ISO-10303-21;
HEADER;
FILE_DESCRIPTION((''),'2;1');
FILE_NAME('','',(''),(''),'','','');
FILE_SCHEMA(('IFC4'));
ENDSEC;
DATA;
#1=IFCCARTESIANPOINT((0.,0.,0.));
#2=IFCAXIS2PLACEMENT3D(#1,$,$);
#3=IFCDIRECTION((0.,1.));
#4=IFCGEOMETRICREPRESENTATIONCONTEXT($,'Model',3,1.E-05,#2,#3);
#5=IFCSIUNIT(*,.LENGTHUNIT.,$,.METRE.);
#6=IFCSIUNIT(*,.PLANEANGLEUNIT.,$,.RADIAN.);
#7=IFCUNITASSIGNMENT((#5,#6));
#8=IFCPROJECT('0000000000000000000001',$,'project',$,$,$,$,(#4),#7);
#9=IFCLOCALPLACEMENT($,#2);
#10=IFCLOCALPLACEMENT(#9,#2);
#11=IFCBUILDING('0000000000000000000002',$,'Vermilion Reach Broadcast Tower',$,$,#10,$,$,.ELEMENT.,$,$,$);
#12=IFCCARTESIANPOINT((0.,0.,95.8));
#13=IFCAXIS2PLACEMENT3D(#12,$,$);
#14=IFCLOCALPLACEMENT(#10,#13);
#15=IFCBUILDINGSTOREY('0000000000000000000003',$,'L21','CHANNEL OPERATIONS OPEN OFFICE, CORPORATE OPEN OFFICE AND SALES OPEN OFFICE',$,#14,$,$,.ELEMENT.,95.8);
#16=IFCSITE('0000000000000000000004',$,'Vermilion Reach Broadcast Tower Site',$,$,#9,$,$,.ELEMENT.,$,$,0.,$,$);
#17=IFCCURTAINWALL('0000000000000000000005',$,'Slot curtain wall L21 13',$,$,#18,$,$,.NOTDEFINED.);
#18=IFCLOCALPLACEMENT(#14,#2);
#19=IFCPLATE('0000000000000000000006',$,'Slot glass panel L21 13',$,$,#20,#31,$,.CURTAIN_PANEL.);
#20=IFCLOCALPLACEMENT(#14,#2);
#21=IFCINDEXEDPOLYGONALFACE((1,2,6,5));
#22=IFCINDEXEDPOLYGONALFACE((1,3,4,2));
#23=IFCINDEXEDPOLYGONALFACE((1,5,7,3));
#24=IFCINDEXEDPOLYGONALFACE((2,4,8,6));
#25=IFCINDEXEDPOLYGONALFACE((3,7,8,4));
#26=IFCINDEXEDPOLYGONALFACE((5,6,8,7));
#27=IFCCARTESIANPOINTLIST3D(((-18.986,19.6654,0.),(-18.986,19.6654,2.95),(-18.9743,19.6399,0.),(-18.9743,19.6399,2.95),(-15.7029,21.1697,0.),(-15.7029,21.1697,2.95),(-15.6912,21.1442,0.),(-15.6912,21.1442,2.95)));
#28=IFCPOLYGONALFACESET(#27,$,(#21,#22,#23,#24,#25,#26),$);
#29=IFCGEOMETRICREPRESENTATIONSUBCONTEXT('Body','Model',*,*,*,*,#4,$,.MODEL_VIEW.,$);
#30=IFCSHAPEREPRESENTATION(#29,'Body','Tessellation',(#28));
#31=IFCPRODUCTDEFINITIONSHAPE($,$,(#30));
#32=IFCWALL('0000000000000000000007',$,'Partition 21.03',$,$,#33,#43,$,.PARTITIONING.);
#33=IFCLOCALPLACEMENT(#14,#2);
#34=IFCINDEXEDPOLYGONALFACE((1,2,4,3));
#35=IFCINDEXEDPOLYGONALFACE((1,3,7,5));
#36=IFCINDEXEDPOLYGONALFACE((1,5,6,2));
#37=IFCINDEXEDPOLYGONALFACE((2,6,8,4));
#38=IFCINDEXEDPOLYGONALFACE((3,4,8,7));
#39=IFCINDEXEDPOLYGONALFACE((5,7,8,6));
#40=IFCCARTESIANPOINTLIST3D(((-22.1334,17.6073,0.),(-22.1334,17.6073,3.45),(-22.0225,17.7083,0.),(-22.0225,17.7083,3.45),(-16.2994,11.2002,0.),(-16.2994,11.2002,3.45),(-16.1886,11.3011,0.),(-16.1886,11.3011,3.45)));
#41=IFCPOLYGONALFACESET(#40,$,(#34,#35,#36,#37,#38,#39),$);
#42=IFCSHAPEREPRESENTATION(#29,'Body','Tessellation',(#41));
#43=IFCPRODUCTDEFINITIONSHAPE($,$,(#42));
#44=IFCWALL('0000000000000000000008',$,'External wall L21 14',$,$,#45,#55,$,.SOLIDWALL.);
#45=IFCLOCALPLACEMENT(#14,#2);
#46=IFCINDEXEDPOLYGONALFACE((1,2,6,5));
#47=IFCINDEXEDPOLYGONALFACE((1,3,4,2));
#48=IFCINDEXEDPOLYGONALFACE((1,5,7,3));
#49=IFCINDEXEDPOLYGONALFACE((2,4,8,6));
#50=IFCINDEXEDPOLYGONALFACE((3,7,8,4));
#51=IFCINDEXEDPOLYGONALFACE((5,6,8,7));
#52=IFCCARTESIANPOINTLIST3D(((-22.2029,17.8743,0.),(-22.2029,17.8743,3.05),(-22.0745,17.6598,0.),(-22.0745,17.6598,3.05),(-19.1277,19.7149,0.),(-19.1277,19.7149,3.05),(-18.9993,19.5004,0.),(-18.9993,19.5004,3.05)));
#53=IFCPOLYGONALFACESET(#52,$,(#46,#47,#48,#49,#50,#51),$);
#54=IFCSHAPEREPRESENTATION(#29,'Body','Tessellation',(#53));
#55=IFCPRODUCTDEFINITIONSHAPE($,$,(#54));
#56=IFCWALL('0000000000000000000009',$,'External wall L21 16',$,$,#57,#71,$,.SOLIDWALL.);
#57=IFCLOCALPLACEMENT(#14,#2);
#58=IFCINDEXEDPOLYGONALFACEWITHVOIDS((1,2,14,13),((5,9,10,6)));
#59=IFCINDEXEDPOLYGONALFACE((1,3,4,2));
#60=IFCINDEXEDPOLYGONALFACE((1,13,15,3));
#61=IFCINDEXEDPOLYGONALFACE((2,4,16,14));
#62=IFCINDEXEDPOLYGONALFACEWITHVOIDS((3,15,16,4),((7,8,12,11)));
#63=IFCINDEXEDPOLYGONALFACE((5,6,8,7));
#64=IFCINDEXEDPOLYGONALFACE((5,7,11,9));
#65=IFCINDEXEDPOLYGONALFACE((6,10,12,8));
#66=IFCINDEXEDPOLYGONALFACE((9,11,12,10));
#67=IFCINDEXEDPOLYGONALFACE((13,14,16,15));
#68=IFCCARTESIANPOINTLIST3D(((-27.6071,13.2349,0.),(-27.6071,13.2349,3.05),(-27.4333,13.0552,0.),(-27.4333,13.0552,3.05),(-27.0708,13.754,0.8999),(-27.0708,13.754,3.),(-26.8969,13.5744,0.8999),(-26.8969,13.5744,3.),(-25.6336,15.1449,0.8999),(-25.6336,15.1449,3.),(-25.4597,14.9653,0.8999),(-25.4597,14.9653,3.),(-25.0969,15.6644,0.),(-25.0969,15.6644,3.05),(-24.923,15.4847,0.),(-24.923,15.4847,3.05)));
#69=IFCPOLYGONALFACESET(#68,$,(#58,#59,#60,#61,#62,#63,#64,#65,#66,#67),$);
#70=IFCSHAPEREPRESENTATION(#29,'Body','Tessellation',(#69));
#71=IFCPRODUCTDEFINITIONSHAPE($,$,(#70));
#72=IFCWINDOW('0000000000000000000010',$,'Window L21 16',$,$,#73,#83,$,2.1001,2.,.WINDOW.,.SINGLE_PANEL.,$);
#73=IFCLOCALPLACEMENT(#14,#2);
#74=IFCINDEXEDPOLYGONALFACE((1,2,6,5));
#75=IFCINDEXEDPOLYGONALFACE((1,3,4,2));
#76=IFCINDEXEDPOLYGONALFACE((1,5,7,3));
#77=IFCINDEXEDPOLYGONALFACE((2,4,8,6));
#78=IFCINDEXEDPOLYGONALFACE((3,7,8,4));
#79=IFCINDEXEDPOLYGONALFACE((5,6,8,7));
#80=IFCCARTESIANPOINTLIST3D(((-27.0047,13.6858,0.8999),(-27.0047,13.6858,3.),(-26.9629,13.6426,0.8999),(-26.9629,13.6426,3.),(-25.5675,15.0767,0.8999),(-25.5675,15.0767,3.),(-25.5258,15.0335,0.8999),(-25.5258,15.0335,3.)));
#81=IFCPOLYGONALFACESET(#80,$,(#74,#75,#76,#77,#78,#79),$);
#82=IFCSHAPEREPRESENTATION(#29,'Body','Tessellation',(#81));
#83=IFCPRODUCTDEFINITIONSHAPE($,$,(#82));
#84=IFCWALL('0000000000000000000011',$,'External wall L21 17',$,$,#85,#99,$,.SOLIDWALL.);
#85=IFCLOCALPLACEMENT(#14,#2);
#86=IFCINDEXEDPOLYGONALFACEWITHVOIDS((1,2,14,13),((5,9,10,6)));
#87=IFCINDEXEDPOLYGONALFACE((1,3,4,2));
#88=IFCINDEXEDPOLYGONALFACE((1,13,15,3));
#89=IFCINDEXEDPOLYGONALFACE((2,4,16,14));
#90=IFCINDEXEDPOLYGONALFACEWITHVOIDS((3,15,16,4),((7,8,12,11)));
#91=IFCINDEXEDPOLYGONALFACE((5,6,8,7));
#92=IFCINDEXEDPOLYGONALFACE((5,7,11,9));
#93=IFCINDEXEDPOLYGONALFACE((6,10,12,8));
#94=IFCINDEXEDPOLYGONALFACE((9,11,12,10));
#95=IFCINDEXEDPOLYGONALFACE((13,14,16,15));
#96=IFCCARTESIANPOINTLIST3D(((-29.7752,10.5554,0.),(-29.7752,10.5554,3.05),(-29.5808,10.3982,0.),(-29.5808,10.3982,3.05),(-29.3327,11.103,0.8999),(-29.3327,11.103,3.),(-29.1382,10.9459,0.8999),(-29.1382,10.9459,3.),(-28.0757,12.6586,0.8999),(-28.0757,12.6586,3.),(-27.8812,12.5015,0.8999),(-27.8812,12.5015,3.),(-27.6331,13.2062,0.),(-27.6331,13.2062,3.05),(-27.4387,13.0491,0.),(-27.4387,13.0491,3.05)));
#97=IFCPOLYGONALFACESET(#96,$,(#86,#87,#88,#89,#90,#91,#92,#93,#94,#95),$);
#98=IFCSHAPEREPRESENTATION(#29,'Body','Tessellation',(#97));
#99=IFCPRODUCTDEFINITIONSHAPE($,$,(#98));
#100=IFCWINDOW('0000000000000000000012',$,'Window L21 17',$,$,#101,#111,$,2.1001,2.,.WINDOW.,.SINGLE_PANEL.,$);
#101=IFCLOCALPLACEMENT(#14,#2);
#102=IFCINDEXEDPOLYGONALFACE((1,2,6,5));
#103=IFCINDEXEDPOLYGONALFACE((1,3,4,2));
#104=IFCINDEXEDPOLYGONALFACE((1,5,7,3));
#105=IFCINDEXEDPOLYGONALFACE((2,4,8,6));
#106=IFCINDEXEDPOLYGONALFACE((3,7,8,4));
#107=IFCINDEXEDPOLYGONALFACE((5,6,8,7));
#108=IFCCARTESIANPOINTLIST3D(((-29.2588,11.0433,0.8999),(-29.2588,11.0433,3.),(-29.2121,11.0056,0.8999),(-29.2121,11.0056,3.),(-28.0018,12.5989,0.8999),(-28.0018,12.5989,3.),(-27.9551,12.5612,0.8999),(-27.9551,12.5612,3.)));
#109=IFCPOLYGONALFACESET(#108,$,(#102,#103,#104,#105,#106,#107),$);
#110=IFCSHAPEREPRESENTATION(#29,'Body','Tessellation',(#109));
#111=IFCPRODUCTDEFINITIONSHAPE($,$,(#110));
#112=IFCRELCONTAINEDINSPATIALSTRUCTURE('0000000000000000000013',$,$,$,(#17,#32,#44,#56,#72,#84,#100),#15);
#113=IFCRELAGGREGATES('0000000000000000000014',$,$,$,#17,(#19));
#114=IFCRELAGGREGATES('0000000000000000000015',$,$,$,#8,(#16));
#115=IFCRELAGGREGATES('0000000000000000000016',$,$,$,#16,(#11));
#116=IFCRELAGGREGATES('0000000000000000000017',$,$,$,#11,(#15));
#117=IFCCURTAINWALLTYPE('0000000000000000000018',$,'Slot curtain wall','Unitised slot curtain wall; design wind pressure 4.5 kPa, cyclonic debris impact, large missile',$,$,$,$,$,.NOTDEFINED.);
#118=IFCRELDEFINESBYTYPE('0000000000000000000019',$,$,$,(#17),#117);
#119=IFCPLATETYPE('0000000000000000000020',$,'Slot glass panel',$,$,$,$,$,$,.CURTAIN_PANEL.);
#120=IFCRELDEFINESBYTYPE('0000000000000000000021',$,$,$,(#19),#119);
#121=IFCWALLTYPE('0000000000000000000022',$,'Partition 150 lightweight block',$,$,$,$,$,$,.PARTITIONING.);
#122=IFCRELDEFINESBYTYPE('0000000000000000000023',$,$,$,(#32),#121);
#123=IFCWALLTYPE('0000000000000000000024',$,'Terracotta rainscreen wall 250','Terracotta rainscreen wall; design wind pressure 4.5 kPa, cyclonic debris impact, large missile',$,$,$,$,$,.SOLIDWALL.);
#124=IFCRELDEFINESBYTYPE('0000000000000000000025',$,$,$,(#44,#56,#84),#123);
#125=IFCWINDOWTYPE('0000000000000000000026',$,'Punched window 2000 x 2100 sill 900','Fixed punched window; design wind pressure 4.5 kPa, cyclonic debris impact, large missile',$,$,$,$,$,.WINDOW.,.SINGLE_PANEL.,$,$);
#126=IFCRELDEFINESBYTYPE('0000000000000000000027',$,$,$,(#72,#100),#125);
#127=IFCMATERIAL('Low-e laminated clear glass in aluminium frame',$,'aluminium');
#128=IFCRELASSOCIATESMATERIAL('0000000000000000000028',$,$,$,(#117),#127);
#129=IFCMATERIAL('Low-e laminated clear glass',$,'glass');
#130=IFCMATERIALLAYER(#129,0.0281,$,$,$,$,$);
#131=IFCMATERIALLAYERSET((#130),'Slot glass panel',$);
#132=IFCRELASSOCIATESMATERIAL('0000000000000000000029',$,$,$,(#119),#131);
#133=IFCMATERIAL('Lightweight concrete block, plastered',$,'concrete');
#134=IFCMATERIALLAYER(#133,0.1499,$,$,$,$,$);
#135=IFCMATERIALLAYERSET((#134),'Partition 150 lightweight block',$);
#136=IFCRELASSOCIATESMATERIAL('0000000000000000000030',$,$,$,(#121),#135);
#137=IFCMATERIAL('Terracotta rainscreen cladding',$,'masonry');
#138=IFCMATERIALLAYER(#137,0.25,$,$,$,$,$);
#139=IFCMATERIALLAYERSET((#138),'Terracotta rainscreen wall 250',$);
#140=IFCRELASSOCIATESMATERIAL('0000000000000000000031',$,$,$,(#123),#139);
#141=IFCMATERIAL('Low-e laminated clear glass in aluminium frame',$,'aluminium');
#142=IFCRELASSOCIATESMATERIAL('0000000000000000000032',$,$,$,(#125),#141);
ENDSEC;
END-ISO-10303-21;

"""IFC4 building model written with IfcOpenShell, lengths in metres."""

from ifc_helpers import new_model, si_unit, direction, frame, frame_2d, origin, origin_2d, place, context, subcontext, project, spatial, rectangle, extrude, material, layer, layer_set, type_object, element, fill, aggregate, save


model = new_model("IFC4")

# Units and contexts
model_context = context("Model", 3, precision=1e-05, world=origin(), true_north=direction((0.0, 1.0)))
body_context = subcontext(model_context, "Body", "Model", "MODEL_VIEW")
ifc_project = project(units=[si_unit("LENGTHUNIT", "METRE"), si_unit("PLANEANGLEUNIT", "RADIAN")], contexts=[model_context])

# Site, building, storey
site_placement = place(None, origin())
site = spatial("IfcSite", under=ifc_project, at=site_placement, Name="Vermilion Reach Broadcast Tower Site", CompositionType="ELEMENT", RefElevation=0.0)
building_placement = place(site_placement, origin())
building = spatial("IfcBuilding", under=site, at=building_placement, Name="Vermilion Reach Broadcast Tower", CompositionType="ELEMENT")
storey_placement = place(building_placement, frame((0.0, 0.0, 95.8)))
storey = spatial("IfcBuildingStorey", under=building, at=storey_placement, Name="L21", Description="CHANNEL OPERATIONS OPEN OFFICE, CORPORATE OPEN OFFICE AND SALES OPEN OFFICE", CompositionType="ELEMENT", Elevation=95.8)

# Curtain wall, plate
ifc_material_1 = material(Name="Low-e laminated clear glass in aluminium frame", Category="aluminium")
curtain_wall_type = type_object("IfcCurtainWallType", Name="Slot curtain wall", Description="Unitised slot curtain wall; design wind pressure 4.5 kPa, cyclonic debris impact, large missile", PredefinedType="NOTDEFINED", material=ifc_material_1)
curtain_wall_placement = place(storey_placement, origin())
curtain_wall = element("IfcCurtainWall", 1, at=curtain_wall_placement, inside=storey, type_object=curtain_wall_type, Name="Slot curtain wall L21 13", PredefinedType="NOTDEFINED")
ifc_material_2 = material(Name="Low-e laminated clear glass", Category="glass")
ifc_layer_1 = layer(ifc_material_2, 0.0281)
ifc_layer_set_1 = layer_set([ifc_layer_1], Name="Slot glass panel")
plate_type = type_object("IfcPlateType", Name="Slot glass panel", PredefinedType="CURTAIN_PANEL", material=ifc_layer_set_1)
plate_placement = place(storey_placement, frame((-17.3386, 20.4048, 0.0), z_axis=(0.0, 0.0, 1.0), x_axis=(-0.909109, -0.416559, 0.0)))
plate = element("IfcPlate", 2, at=plate_placement, type_object=plate_type, Name="Slot glass panel L21 13", PredefinedType="CURTAIN_PANEL", context=body_context, shape_type="SweptSolid", body=[
    extrude(rectangle(XDim=3.6113, YDim=0.0281, at=origin_2d()), origin(), (0.0, 0.0, 1.0), 2.95),
])
aggregate(curtain_wall, [plate])

# Walls
ifc_material_3 = material(Name="Lightweight concrete block, plastered", Category="concrete")
ifc_layer_2 = layer(ifc_material_3, 0.1499)
ifc_layer_set_2 = layer_set([ifc_layer_2], Name="Partition 150 lightweight block")
wall_type_1 = type_object("IfcWallType", Name="Partition 150 lightweight block", PredefinedType="PARTITIONING", material=ifc_layer_set_2)
wall_1_placement = place(storey_placement, frame((-22.0779, 17.6577, 0.0), z_axis=(0.0, 0.0, 1.0), x_axis=(0.673256, -0.73941, 0.0)))
element("IfcWall", 3, at=wall_1_placement, inside=storey, type_object=wall_type_1, Name="Partition 21.03", PredefinedType="PARTITIONING", context=body_context, shape_type="SweptSolid", body=[
    extrude(rectangle(XDim=8.6653, YDim=0.1499, at=frame_2d((4.3325, 0.0))), origin(), (0.0, 0.0, 1.0), 3.45),
])
ifc_material_4 = material(Name="Terracotta rainscreen cladding", Category="masonry")
ifc_layer_3 = layer(ifc_material_4, 0.25)
ifc_layer_set_3 = layer_set([ifc_layer_3], Name="Terracotta rainscreen wall 250")
wall_type_2 = type_object("IfcWallType", Name="Terracotta rainscreen wall 250", Description="Terracotta rainscreen wall; design wind pressure 4.5 kPa, cyclonic debris impact, large missile", PredefinedType="SOLIDWALL", material=ifc_layer_set_3)
wall_2_placement = place(storey_placement, frame((-19.0635, 19.6077, 0.0), z_axis=(0.0, 0.0, 1.0), x_axis=(-0.858051, -0.513564, 0.0)))
element("IfcWall", 4, at=wall_2_placement, inside=storey, type_object=wall_type_2, Name="External wall L21 14", PredefinedType="SOLIDWALL", context=body_context, shape_type="SweptSolid", body=[
    extrude(rectangle(XDim=3.584, YDim=0.25, at=frame_2d((1.792, 0.0))), origin(), (0.0, 0.0, 1.0), 3.05),
])

# Walls, openings, windows
wall_3_placement = place(storey_placement, frame((-25.01, 15.5745, 0.0), z_axis=(0.0, 0.0, 1.0), x_axis=(-0.718578, -0.695446, 0.0)))
wall_3 = element("IfcWall", 5, at=wall_3_placement, inside=storey, type_object=wall_type_2, Name="External wall L21 16", PredefinedType="SOLIDWALL", context=body_context, shape_type="SweptSolid", body=[
    extrude(rectangle(XDim=3.4934, YDim=0.25, at=frame_2d((1.7466, 0.0))), origin(), (0.0, 0.0, 1.0), 3.05),
])
opening_1_placement = place(wall_3_placement, frame((0.7468, 0.0, 0.8999)))
opening_1 = element("IfcOpeningElement", 6, at=opening_1_placement, cuts=wall_3, PredefinedType="OPENING", context=body_context, shape_type="SweptSolid", body=[
    extrude(rectangle(XDim=2.0, YDim=2.1001, at=frame_2d((1.0, 1.05))), frame((0.0, 0.135, 0.0), z_axis=(0.0, -1.0, 0.0), x_axis=(1.0, 0.0, 0.0)), (0.0, 0.0, 1.0), 0.27),
])
ifc_material_5 = material(Name="Low-e laminated clear glass in aluminium frame", Category="aluminium")
window_type = type_object("IfcWindowType", Name="Punched window 2000 x 2100 sill 900", Description="Fixed punched window; design wind pressure 4.5 kPa, cyclonic debris impact, large missile", PartitioningType="SINGLE_PANEL", PredefinedType="WINDOW", material=ifc_material_5)
window_1_placement = place(opening_1_placement, origin())
window_1 = element("IfcWindow", 7, at=window_1_placement, inside=storey, type_object=window_type, Name="Window L21 16", OverallHeight=2.1001, OverallWidth=2.0, PartitioningType="SINGLE_PANEL", PredefinedType="WINDOW", context=body_context, shape_type="SweptSolid", body=[
    extrude(rectangle(XDim=2.0, YDim=2.1001, at=frame_2d((1.0, 1.05))), frame((0.0, 0.03, 0.0), z_axis=(0.0, -1.0, 0.0), x_axis=(1.0, 0.0, 0.0)), (0.0, 0.0, 1.0), 0.0601),
])
fill(opening_1, window_1)
wall_4_placement = place(storey_placement, frame((-27.5359, 13.1277, 0.0), z_axis=(0.0, 0.0, 1.0), x_axis=(-0.628514, -0.777798, 0.0)))
wall_4 = element("IfcWall", 8, at=wall_4_placement, inside=storey, type_object=wall_type_2, Name="External wall L21 17", PredefinedType="SOLIDWALL", context=body_context, shape_type="SweptSolid", body=[
    extrude(rectangle(XDim=3.4082, YDim=0.25, at=frame_2d((1.7041, 0.0))), origin(), (0.0, 0.0, 1.0), 3.05),
])
opening_2_placement = place(wall_4_placement, frame((0.7041, 0.0, 0.8999)))
opening_2 = element("IfcOpeningElement", 9, at=opening_2_placement, cuts=wall_4, PredefinedType="OPENING", context=body_context, shape_type="SweptSolid", body=[
    extrude(rectangle(XDim=2.0, YDim=2.1001, at=frame_2d((1.0, 1.05))), frame((0.0, 0.135, 0.0), z_axis=(0.0, -1.0, 0.0), x_axis=(1.0, 0.0, 0.0)), (0.0, 0.0, 1.0), 0.27),
])
window_2_placement = place(opening_2_placement, origin())
window_2 = element("IfcWindow", 10, at=window_2_placement, inside=storey, type_object=window_type, Name="Window L21 17", OverallHeight=2.1001, OverallWidth=2.0, PartitioningType="SINGLE_PANEL", PredefinedType="WINDOW", context=body_context, shape_type="SweptSolid", body=[
    extrude(rectangle(XDim=2.0, YDim=2.1001, at=frame_2d((1.0, 1.05))), frame((0.0, 0.03, 0.0), z_axis=(0.0, -1.0, 0.0), x_axis=(1.0, 0.0, 0.0)), (0.0, 0.0, 1.0), 0.0601),
])
fill(opening_2, window_2)

save(model, "model.ifc")
